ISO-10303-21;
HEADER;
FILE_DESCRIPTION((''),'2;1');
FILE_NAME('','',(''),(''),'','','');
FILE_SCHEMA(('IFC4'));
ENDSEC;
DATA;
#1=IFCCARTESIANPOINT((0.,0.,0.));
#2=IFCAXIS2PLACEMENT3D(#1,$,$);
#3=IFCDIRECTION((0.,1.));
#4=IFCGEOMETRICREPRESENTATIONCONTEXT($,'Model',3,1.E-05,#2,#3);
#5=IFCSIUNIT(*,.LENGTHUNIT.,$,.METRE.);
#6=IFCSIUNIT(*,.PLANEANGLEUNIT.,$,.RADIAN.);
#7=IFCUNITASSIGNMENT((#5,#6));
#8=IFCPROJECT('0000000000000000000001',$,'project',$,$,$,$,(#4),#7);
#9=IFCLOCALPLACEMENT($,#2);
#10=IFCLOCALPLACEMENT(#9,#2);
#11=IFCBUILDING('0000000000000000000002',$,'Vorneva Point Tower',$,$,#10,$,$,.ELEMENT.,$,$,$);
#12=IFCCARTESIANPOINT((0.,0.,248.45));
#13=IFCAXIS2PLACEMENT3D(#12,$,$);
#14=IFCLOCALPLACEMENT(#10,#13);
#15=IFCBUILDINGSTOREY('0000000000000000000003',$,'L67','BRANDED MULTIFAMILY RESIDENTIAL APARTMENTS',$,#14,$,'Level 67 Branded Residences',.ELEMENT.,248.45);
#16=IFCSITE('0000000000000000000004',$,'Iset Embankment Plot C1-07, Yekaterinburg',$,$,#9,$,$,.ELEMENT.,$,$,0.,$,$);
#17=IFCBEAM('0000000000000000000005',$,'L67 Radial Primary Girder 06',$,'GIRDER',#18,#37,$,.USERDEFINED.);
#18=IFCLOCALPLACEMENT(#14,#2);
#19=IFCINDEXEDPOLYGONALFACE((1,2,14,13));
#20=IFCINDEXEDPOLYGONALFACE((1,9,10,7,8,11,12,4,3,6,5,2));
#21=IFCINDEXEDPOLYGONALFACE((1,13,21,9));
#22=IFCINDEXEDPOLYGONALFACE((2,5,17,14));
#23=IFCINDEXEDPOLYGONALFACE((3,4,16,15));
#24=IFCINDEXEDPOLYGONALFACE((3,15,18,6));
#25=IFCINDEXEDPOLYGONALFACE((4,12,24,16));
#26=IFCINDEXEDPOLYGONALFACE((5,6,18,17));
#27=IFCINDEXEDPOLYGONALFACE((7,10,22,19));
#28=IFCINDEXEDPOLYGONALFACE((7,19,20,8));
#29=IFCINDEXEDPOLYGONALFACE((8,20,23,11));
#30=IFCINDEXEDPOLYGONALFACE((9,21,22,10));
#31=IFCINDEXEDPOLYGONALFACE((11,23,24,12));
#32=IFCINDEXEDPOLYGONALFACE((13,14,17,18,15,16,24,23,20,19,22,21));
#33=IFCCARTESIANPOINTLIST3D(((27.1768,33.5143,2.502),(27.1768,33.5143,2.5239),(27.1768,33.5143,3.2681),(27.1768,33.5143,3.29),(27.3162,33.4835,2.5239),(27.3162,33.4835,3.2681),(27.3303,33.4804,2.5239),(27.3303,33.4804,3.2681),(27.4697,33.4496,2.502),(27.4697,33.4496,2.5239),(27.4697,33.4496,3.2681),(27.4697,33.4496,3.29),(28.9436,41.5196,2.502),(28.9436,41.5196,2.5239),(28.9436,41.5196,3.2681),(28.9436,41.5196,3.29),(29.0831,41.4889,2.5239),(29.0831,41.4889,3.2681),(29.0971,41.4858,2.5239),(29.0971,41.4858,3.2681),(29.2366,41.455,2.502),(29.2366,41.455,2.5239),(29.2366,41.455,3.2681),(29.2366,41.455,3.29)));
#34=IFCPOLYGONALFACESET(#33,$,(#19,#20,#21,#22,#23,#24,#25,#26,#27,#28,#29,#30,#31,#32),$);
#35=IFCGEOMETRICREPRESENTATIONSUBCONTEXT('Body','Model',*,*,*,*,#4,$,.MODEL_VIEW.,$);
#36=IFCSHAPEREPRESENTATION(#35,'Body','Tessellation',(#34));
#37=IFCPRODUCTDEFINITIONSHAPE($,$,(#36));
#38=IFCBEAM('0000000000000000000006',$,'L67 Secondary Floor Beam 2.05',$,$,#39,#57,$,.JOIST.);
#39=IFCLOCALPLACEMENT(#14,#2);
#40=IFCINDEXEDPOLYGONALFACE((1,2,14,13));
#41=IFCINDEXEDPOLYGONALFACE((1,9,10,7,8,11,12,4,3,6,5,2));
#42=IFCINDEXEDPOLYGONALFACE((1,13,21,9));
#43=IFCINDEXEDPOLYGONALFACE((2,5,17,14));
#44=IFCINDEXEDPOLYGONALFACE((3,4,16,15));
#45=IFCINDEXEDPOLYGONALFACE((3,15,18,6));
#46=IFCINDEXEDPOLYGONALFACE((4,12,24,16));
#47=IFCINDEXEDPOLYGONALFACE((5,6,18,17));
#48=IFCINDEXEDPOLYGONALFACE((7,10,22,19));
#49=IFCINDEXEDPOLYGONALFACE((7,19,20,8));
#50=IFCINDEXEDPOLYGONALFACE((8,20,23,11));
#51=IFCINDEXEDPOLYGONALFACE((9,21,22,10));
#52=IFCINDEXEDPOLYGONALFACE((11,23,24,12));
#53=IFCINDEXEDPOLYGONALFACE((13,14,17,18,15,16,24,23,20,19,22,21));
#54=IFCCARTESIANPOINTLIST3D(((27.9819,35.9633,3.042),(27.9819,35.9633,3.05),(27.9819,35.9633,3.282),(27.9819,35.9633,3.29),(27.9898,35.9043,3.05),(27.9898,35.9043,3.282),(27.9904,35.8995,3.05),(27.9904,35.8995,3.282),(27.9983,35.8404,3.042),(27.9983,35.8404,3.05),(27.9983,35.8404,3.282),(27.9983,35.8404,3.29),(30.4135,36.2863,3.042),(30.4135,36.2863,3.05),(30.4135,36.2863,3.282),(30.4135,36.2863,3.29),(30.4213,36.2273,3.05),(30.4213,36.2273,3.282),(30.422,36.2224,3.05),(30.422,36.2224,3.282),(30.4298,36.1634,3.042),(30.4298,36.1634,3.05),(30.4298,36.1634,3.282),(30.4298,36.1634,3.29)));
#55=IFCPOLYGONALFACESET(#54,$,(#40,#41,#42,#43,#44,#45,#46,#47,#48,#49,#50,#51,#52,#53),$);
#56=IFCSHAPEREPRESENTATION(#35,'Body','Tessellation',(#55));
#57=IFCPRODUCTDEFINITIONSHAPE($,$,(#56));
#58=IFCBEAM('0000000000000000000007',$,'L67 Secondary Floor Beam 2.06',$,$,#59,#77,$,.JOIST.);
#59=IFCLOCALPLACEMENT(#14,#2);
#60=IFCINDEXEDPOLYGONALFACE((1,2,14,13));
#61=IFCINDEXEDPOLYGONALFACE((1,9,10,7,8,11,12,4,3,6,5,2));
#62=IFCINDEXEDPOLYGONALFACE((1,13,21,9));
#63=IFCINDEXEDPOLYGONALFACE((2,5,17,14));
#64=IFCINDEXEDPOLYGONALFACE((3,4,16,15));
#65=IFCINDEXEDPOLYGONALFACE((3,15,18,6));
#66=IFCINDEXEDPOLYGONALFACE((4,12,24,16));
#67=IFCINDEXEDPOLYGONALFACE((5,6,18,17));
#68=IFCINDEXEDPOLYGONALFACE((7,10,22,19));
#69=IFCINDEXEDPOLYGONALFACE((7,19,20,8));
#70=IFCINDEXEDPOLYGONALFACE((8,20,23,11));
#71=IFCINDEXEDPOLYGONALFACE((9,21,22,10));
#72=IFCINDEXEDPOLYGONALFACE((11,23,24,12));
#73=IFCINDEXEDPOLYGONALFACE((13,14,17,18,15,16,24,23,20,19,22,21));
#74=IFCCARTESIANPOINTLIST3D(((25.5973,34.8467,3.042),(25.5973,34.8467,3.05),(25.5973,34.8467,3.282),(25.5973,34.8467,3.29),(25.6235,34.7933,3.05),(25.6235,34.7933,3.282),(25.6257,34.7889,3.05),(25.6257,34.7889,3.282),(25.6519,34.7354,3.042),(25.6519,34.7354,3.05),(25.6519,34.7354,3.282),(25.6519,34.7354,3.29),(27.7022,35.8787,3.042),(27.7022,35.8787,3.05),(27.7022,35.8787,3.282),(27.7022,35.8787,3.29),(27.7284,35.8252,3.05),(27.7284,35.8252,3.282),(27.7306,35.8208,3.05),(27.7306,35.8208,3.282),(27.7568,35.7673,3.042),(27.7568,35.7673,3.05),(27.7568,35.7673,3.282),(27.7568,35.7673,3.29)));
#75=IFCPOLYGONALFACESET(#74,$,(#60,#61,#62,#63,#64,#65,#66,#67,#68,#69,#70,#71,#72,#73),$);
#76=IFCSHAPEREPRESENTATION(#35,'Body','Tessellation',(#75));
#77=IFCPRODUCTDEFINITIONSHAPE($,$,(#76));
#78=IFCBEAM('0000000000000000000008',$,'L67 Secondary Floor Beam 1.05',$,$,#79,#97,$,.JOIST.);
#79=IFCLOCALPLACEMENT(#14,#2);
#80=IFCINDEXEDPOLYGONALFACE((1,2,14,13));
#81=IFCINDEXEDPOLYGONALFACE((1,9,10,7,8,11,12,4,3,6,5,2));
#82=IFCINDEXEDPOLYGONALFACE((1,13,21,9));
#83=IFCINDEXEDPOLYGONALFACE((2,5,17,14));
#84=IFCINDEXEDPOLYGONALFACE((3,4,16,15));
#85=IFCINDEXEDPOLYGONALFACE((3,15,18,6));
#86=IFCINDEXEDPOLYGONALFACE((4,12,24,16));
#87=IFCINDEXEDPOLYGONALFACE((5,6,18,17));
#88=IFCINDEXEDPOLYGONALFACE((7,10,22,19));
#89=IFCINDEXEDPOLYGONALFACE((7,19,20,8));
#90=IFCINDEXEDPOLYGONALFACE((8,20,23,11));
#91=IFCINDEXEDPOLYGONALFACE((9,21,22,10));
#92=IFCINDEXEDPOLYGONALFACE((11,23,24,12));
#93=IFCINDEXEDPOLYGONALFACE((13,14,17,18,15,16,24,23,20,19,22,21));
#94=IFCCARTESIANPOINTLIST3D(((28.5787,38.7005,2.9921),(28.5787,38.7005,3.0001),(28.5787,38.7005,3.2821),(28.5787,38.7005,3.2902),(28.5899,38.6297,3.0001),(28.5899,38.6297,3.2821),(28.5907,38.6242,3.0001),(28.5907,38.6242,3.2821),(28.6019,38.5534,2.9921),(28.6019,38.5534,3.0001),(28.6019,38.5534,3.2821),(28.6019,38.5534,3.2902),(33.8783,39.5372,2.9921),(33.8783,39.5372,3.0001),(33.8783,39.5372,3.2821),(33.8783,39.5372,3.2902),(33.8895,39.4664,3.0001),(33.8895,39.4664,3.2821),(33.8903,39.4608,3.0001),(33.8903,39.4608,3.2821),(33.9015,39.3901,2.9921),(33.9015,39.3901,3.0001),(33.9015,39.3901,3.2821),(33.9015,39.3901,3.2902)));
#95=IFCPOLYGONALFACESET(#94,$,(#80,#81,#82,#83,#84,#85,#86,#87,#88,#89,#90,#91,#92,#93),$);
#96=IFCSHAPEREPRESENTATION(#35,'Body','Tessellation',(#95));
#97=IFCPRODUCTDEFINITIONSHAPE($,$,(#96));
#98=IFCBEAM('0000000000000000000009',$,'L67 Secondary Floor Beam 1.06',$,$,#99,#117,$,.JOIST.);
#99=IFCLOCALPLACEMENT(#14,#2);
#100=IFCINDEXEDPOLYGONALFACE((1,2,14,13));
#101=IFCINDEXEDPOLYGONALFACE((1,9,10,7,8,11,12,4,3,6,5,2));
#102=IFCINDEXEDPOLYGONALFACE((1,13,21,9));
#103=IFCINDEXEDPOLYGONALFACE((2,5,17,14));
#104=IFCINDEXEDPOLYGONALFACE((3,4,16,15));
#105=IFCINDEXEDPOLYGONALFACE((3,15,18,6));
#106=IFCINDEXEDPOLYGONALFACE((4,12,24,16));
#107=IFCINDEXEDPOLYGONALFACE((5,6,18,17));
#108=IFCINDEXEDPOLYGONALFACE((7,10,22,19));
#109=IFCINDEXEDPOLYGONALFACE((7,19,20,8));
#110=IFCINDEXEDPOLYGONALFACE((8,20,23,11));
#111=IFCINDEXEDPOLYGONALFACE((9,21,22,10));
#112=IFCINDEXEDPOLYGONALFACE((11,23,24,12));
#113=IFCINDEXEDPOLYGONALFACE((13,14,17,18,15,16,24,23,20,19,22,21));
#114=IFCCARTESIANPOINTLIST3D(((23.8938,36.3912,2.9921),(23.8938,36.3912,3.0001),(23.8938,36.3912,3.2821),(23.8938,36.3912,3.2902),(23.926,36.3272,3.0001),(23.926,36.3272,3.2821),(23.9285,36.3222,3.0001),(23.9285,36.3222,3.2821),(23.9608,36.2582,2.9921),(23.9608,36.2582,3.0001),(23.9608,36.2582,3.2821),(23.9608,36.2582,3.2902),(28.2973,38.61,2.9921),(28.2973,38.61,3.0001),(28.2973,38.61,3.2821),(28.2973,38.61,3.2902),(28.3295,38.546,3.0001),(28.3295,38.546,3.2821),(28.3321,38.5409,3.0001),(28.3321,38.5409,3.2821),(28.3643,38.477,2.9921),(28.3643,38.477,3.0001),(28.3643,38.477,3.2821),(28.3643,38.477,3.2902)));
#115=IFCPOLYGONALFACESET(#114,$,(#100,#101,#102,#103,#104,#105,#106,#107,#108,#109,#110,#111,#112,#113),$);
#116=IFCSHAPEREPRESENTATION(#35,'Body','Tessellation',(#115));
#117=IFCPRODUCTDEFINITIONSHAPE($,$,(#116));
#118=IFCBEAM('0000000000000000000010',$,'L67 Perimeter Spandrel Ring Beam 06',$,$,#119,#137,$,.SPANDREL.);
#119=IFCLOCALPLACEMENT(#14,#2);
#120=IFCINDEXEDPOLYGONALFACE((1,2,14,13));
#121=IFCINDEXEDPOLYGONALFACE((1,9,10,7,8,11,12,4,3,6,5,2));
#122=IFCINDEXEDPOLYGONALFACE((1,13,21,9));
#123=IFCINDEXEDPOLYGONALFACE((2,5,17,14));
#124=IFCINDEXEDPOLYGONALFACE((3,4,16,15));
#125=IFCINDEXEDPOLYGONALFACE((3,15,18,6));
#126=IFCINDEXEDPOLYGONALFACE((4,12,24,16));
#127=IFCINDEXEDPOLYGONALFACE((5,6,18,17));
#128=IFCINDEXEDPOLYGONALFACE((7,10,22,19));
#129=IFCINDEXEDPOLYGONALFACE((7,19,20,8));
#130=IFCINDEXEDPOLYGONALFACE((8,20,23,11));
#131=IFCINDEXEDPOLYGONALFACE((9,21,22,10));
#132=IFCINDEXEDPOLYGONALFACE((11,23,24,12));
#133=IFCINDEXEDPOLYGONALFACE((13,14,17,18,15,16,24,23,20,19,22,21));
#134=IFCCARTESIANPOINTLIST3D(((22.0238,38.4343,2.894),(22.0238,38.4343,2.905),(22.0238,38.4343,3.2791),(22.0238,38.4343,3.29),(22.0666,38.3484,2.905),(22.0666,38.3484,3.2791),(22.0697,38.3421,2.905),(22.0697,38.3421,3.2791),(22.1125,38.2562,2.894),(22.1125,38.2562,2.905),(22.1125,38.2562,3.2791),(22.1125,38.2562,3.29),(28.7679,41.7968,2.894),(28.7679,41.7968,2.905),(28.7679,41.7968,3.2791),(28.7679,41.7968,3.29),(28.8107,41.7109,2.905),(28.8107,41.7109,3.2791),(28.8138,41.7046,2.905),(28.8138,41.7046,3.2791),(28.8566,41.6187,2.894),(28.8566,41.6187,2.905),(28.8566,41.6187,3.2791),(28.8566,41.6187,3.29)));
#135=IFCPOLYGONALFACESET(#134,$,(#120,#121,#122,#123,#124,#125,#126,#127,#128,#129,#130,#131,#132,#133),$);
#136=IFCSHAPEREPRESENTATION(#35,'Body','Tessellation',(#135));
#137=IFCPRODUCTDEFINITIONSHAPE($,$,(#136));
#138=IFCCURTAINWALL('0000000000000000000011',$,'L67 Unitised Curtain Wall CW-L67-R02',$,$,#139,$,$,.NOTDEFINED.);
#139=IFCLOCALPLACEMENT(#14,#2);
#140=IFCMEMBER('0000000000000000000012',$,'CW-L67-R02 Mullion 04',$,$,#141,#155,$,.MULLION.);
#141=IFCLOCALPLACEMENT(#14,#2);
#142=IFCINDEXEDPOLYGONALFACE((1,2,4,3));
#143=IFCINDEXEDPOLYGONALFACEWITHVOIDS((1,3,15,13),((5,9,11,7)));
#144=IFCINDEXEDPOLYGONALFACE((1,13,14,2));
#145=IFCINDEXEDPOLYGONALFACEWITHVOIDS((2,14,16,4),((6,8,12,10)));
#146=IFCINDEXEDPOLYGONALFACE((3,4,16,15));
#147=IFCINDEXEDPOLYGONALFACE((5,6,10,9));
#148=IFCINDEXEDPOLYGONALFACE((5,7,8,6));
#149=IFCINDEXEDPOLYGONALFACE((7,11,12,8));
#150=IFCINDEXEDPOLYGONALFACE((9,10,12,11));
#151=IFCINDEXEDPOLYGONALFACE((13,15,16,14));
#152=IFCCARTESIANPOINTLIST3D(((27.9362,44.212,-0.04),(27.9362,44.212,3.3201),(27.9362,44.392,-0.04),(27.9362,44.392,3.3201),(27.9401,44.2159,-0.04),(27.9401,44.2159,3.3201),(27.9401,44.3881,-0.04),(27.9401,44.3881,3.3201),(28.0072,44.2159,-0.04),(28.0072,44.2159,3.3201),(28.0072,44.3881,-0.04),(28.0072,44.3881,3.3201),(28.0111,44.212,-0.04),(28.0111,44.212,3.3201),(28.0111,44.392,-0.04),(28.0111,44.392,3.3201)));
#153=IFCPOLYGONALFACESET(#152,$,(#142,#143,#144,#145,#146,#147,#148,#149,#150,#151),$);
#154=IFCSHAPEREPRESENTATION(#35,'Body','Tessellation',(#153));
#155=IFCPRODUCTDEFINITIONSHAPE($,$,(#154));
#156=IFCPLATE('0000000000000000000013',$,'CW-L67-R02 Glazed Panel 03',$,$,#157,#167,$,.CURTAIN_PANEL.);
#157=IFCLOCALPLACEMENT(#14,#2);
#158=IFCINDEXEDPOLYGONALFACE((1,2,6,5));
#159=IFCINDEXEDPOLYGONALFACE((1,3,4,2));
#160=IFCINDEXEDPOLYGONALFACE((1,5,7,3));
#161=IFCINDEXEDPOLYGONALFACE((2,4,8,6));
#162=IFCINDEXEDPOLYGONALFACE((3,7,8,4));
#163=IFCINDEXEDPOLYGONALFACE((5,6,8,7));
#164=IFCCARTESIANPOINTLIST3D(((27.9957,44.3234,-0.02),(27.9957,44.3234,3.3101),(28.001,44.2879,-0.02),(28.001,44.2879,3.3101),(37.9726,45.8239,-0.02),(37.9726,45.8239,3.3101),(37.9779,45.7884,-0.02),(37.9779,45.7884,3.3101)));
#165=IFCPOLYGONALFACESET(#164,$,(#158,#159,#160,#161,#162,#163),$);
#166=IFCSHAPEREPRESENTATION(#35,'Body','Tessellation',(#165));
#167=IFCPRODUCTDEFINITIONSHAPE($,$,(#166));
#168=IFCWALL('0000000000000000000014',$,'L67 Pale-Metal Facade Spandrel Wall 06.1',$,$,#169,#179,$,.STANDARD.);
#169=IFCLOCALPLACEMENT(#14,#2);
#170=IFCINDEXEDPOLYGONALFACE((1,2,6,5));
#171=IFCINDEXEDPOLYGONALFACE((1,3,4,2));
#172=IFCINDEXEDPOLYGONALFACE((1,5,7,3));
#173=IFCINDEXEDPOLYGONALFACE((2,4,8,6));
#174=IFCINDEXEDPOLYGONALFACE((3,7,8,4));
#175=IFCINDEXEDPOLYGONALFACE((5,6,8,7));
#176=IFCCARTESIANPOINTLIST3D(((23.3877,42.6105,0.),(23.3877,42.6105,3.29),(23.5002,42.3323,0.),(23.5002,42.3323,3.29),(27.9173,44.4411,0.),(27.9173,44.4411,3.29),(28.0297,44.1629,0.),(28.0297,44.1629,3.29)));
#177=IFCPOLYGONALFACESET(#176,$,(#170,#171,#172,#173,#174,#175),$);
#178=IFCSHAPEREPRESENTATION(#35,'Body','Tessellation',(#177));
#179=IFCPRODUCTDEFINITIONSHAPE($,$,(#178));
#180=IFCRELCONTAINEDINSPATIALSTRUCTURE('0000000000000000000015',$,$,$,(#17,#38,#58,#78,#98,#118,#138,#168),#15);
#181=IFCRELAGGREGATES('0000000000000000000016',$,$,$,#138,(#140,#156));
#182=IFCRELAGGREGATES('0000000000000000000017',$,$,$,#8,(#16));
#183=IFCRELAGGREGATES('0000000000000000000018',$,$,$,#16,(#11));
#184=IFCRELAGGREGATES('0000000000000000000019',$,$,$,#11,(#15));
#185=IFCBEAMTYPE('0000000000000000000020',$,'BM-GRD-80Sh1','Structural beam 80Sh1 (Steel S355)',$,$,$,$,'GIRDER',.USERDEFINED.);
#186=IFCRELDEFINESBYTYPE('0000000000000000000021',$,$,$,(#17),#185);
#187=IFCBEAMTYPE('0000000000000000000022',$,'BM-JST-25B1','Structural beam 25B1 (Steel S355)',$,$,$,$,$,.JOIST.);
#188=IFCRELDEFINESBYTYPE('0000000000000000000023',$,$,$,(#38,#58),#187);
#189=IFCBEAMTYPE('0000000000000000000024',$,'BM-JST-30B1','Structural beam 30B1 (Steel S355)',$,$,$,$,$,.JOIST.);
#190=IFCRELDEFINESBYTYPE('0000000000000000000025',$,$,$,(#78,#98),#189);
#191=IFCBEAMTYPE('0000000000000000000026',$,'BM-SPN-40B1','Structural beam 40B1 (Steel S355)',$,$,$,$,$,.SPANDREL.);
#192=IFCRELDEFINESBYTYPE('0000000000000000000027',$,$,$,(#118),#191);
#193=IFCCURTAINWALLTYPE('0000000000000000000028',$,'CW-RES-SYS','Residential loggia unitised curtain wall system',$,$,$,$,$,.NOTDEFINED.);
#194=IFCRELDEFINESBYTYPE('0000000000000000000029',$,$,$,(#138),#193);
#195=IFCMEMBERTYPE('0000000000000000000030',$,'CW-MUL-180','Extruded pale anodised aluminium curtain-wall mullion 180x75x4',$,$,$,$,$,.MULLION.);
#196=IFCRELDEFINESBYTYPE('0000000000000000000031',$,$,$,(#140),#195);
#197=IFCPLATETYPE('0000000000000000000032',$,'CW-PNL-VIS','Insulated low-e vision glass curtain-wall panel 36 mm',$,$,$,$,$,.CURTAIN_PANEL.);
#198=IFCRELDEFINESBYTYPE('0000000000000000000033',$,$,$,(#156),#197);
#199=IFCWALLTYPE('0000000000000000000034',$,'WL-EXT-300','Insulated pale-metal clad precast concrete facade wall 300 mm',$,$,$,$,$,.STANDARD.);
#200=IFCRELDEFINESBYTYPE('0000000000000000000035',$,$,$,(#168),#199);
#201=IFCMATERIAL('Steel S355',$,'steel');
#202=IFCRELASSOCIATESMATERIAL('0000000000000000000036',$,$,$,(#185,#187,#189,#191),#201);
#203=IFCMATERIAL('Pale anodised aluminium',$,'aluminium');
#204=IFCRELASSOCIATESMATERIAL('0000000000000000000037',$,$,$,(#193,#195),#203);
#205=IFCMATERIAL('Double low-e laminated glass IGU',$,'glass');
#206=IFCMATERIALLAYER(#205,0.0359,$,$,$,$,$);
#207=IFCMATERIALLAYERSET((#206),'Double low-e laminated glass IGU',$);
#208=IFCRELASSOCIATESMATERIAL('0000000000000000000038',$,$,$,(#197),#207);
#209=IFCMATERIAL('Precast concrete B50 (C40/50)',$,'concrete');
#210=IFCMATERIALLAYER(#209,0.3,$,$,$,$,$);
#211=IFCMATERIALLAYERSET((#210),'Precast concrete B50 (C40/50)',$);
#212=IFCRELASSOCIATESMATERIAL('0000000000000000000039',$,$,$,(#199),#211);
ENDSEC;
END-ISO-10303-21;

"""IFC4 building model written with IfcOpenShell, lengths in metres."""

from ifc_helpers import new_model, si_unit, direction, frame, frame_2d, origin, origin_2d, place, context, subcontext, project, spatial, rectangle, hollow_rectangle, i_section, extrude, material, layer, layer_set, material_profile, profile_set, type_object, element, aggregate, save


model = new_model("IFC4")

# Units and contexts
model_context = context("Model", 3, precision=1e-05, world=origin(), true_north=direction((0.0, 1.0)))
body_context = subcontext(model_context, "Body", "Model", "MODEL_VIEW")
ifc_project = project(units=[si_unit("LENGTHUNIT", "METRE"), si_unit("PLANEANGLEUNIT", "RADIAN")], contexts=[model_context])

# Site, building, storey
site_placement = place(None, origin())
site = spatial("IfcSite", under=ifc_project, at=site_placement, Name="Iset Embankment Plot C1-07, Yekaterinburg", CompositionType="ELEMENT", RefElevation=0.0)
building_placement = place(site_placement, origin())
building = spatial("IfcBuilding", under=site, at=building_placement, Name="Vorneva Point Tower", CompositionType="ELEMENT")
storey_placement = place(building_placement, frame((0.0, 0.0, 248.45)))
storey = spatial("IfcBuildingStorey", under=building, at=storey_placement, Name="L67", Description="BRANDED MULTIFAMILY RESIDENTIAL APARTMENTS", LongName="Level 67 Branded Residences", CompositionType="ELEMENT", Elevation=248.45)

# Beams
ifc_material_1 = material(Name="Steel S355", Category="steel")
ifc_material_profile_1 = material_profile(ifc_material_1, i_section(OverallWidth=0.3, OverallDepth=0.7881, WebThickness=0.0144, FlangeThickness=0.022, at=origin_2d()), Name="80Sh1")
ifc_profile_set_1 = profile_set([ifc_material_profile_1], Name="Steel S355")
beam_type_1 = type_object("IfcBeamType", Name="BM-GRD-80Sh1", Description="Structural beam 80Sh1 (Steel S355)", ElementType="GIRDER", PredefinedType="USERDEFINED", material=ifc_profile_set_1)
beam_1_placement = place(storey_placement, frame((29.0901, 41.4873, 2.896), z_axis=(-0.215521, -0.976499, 0.0), x_axis=(0.976499, -0.215521, 0.0)))
element("IfcBeam", 1, at=beam_1_placement, inside=storey, type_object=beam_type_1, Name="L67 Radial Primary Girder 06", ObjectType="GIRDER", PredefinedType="USERDEFINED", context=body_context, shape_type="SweptSolid", body=[
    extrude(i_section(OverallWidth=0.3, OverallDepth=0.7881, WebThickness=0.0144, FlangeThickness=0.022, at=origin_2d()), origin(), (0.0, 0.0, 1.0), 8.198),
])
ifc_material_profile_2 = material_profile(ifc_material_1, i_section(OverallWidth=0.124, OverallDepth=0.248, WebThickness=0.0049, FlangeThickness=0.0081, at=origin_2d()), Name="25B1")
ifc_profile_set_2 = profile_set([ifc_material_profile_2], Name="Steel S355")
beam_type_2 = type_object("IfcBeamType", Name="BM-JST-25B1", Description="Structural beam 25B1 (Steel S355)", PredefinedType="JOIST", material=ifc_profile_set_2)
beam_2_placement = place(storey_placement, frame((30.4216, 36.2249, 3.166), z_axis=(-0.991293, -0.131675, 0.0), x_axis=(0.131675, -0.991293, 0.0)))
element("IfcBeam", 2, at=beam_2_placement, inside=storey, type_object=beam_type_2, Name="L67 Secondary Floor Beam 2.05", PredefinedType="JOIST", context=body_context, shape_type="SweptSolid", body=[
    extrude(i_section(OverallWidth=0.124, OverallDepth=0.248, WebThickness=0.0049, FlangeThickness=0.0081, at=origin_2d()), origin(), (0.0, 0.0, 1.0), 2.4529),
])
beam_3_placement = place(storey_placement, frame((27.7295, 35.823, 3.166), z_axis=(-0.897899, -0.440202, 0.0), x_axis=(0.440202, -0.897899, 0.0)))
element("IfcBeam", 3, at=beam_3_placement, inside=storey, type_object=beam_type_2, Name="L67 Secondary Floor Beam 2.06", PredefinedType="JOIST", context=body_context, shape_type="SweptSolid", body=[
    extrude(i_section(OverallWidth=0.124, OverallDepth=0.248, WebThickness=0.0049, FlangeThickness=0.0081, at=origin_2d()), origin(), (0.0, 0.0, 1.0), 2.3442),
])
ifc_material_profile_3 = material_profile(ifc_material_1, i_section(OverallWidth=0.1489, OverallDepth=0.2981, WebThickness=0.0056, FlangeThickness=0.0081, at=origin_2d()), Name="30B1")
ifc_profile_set_3 = profile_set([ifc_material_profile_3], Name="Steel S355")
beam_type_3 = type_object("IfcBeamType", Name="BM-JST-30B1", Description="Structural beam 30B1 (Steel S355)", PredefinedType="JOIST", material=ifc_profile_set_3)
beam_4_placement = place(storey_placement, frame((33.8899, 39.4636, 3.1411), z_axis=(-0.987766, -0.155944, 0.0), x_axis=(0.155944, -0.987766, 0.0)))
element("IfcBeam", 4, at=beam_4_placement, inside=storey, type_object=beam_type_3, Name="L67 Secondary Floor Beam 1.05", PredefinedType="JOIST", context=body_context, shape_type="SweptSolid", body=[
    extrude(i_section(OverallWidth=0.1489, OverallDepth=0.2981, WebThickness=0.0056, FlangeThickness=0.0081, at=origin_2d()), origin(), (0.0, 0.0, 1.0), 5.3652),
])
beam_5_placement = place(storey_placement, frame((28.3308, 38.5435, 3.1411), z_axis=(-0.893047, -0.449964, 0.0), x_axis=(0.449964, -0.893047, 0.0)))
element("IfcBeam", 5, at=beam_5_placement, inside=storey, type_object=beam_type_3, Name="L67 Secondary Floor Beam 1.06", PredefinedType="JOIST", context=body_context, shape_type="SweptSolid", body=[
    extrude(i_section(OverallWidth=0.1489, OverallDepth=0.2981, WebThickness=0.0056, FlangeThickness=0.0081, at=origin_2d()), origin(), (0.0, 0.0, 1.0), 4.9309),
])
ifc_material_profile_4 = material_profile(ifc_material_1, i_section(OverallWidth=0.199, OverallDepth=0.396, WebThickness=0.0071, FlangeThickness=0.011, at=origin_2d()), Name="40B1")
ifc_profile_set_4 = profile_set([ifc_material_profile_4], Name="Steel S355")
beam_type_4 = type_object("IfcBeamType", Name="BM-SPN-40B1", Description="Structural beam 40B1 (Steel S355)", PredefinedType="SPANDREL", material=ifc_profile_set_4)
beam_6_placement = place(storey_placement, frame((28.8123, 41.7078, 3.092), z_axis=(-0.894932, -0.446203, 0.0), x_axis=(0.446203, -0.894932, 0.0)))
element("IfcBeam", 6, at=beam_6_placement, inside=storey, type_object=beam_type_4, Name="L67 Perimeter Spandrel Ring Beam 06", PredefinedType="SPANDREL", context=body_context, shape_type="SweptSolid", body=[
    extrude(i_section(OverallWidth=0.199, OverallDepth=0.396, WebThickness=0.0071, FlangeThickness=0.011, at=origin_2d()), origin(), (0.0, 0.0, 1.0), 7.5359),
])

# Curtain wall, member, plate
ifc_material_2 = material(Name="Pale anodised aluminium", Category="aluminium")
curtain_wall_type = type_object("IfcCurtainWallType", Name="CW-RES-SYS", Description="Residential loggia unitised curtain wall system", PredefinedType="NOTDEFINED", material=ifc_material_2)
curtain_wall_placement = place(storey_placement, origin())
curtain_wall = element("IfcCurtainWall", 7, at=curtain_wall_placement, inside=storey, type_object=curtain_wall_type, Name="L67 Unitised Curtain Wall CW-L67-R02", PredefinedType="NOTDEFINED")
ifc_material_profile_5 = material_profile(ifc_material_2, hollow_rectangle(XDim=0.075, YDim=0.1799, WallThickness=0.0039, at=origin_2d()), Name="AL-MUL 180x75x4")
ifc_profile_set_5 = profile_set([ifc_material_profile_5], Name="Pale anodised aluminium")
member_type = type_object("IfcMemberType", Name="CW-MUL-180", Description="Extruded pale anodised aluminium curtain-wall mullion 180x75x4", PredefinedType="MULLION", material=ifc_profile_set_5)
member_placement = place(storey_placement, frame((27.9736, 44.302, -0.04), z_axis=(0.0, 0.0, 1.0), x_axis=(1.0, 0.0, 0.0)))
member = element("IfcMember", 8, at=member_placement, type_object=member_type, Name="CW-L67-R02 Mullion 04", PredefinedType="MULLION", context=body_context, shape_type="SweptSolid", body=[
    extrude(hollow_rectangle(XDim=0.075, YDim=0.1799, WallThickness=0.0039, at=origin_2d()), origin(), (0.0, 0.0, 1.0), 3.3601),
])
ifc_material_3 = material(Name="Double low-e laminated glass IGU", Category="glass")
ifc_layer_1 = layer(ifc_material_3, 0.0359)
ifc_layer_set_1 = layer_set([ifc_layer_1], Name="Double low-e laminated glass IGU")
plate_type = type_object("IfcPlateType", Name="CW-PNL-VIS", Description="Insulated low-e vision glass curtain-wall panel 36 mm", PredefinedType="CURTAIN_PANEL", material=ifc_layer_set_1)
plate_placement = place(storey_placement, frame((32.9868, 45.0559, -0.02), z_axis=(0.0, 0.0, 1.0), x_axis=(-0.988879, -0.148724, 0.0)))
plate = element("IfcPlate", 9, at=plate_placement, type_object=plate_type, Name="CW-L67-R02 Glazed Panel 03", PredefinedType="CURTAIN_PANEL", context=body_context, shape_type="SweptSolid", body=[
    extrude(rectangle(XDim=10.0891, YDim=0.0359, at=origin_2d()), origin(), (0.0, 0.0, 1.0), 3.3301),
])
aggregate(curtain_wall, [member, plate])

# Wall
ifc_material_4 = material(Name="Precast concrete B50 (C40/50)", Category="concrete")
ifc_layer_2 = layer(ifc_material_4, 0.3)
ifc_layer_set_2 = layer_set([ifc_layer_2], Name="Precast concrete B50 (C40/50)")
wall_type_1 = type_object("IfcWallType", Name="WL-EXT-300", Description="Insulated pale-metal clad precast concrete facade wall 300 mm", PredefinedType="STANDARD", material=ifc_layer_set_2)
wall_1_placement = place(storey_placement, frame((27.9736, 44.302, 0.0), z_axis=(0.0, 0.0, 1.0), x_axis=(-0.927147, -0.374697, 0.0)))
element("IfcWall", 10, at=wall_1_placement, inside=storey, type_object=wall_type_1, Name="L67 Pale-Metal Facade Spandrel Wall 06.1", PredefinedType="STANDARD", context=body_context, shape_type="SweptSolid", body=[
    extrude(rectangle(XDim=4.8855, YDim=0.3, at=frame_2d((2.4429, 0.0))), origin(), (0.0, 0.0, 1.0), 3.29),
])

save(model, "model.ifc")
